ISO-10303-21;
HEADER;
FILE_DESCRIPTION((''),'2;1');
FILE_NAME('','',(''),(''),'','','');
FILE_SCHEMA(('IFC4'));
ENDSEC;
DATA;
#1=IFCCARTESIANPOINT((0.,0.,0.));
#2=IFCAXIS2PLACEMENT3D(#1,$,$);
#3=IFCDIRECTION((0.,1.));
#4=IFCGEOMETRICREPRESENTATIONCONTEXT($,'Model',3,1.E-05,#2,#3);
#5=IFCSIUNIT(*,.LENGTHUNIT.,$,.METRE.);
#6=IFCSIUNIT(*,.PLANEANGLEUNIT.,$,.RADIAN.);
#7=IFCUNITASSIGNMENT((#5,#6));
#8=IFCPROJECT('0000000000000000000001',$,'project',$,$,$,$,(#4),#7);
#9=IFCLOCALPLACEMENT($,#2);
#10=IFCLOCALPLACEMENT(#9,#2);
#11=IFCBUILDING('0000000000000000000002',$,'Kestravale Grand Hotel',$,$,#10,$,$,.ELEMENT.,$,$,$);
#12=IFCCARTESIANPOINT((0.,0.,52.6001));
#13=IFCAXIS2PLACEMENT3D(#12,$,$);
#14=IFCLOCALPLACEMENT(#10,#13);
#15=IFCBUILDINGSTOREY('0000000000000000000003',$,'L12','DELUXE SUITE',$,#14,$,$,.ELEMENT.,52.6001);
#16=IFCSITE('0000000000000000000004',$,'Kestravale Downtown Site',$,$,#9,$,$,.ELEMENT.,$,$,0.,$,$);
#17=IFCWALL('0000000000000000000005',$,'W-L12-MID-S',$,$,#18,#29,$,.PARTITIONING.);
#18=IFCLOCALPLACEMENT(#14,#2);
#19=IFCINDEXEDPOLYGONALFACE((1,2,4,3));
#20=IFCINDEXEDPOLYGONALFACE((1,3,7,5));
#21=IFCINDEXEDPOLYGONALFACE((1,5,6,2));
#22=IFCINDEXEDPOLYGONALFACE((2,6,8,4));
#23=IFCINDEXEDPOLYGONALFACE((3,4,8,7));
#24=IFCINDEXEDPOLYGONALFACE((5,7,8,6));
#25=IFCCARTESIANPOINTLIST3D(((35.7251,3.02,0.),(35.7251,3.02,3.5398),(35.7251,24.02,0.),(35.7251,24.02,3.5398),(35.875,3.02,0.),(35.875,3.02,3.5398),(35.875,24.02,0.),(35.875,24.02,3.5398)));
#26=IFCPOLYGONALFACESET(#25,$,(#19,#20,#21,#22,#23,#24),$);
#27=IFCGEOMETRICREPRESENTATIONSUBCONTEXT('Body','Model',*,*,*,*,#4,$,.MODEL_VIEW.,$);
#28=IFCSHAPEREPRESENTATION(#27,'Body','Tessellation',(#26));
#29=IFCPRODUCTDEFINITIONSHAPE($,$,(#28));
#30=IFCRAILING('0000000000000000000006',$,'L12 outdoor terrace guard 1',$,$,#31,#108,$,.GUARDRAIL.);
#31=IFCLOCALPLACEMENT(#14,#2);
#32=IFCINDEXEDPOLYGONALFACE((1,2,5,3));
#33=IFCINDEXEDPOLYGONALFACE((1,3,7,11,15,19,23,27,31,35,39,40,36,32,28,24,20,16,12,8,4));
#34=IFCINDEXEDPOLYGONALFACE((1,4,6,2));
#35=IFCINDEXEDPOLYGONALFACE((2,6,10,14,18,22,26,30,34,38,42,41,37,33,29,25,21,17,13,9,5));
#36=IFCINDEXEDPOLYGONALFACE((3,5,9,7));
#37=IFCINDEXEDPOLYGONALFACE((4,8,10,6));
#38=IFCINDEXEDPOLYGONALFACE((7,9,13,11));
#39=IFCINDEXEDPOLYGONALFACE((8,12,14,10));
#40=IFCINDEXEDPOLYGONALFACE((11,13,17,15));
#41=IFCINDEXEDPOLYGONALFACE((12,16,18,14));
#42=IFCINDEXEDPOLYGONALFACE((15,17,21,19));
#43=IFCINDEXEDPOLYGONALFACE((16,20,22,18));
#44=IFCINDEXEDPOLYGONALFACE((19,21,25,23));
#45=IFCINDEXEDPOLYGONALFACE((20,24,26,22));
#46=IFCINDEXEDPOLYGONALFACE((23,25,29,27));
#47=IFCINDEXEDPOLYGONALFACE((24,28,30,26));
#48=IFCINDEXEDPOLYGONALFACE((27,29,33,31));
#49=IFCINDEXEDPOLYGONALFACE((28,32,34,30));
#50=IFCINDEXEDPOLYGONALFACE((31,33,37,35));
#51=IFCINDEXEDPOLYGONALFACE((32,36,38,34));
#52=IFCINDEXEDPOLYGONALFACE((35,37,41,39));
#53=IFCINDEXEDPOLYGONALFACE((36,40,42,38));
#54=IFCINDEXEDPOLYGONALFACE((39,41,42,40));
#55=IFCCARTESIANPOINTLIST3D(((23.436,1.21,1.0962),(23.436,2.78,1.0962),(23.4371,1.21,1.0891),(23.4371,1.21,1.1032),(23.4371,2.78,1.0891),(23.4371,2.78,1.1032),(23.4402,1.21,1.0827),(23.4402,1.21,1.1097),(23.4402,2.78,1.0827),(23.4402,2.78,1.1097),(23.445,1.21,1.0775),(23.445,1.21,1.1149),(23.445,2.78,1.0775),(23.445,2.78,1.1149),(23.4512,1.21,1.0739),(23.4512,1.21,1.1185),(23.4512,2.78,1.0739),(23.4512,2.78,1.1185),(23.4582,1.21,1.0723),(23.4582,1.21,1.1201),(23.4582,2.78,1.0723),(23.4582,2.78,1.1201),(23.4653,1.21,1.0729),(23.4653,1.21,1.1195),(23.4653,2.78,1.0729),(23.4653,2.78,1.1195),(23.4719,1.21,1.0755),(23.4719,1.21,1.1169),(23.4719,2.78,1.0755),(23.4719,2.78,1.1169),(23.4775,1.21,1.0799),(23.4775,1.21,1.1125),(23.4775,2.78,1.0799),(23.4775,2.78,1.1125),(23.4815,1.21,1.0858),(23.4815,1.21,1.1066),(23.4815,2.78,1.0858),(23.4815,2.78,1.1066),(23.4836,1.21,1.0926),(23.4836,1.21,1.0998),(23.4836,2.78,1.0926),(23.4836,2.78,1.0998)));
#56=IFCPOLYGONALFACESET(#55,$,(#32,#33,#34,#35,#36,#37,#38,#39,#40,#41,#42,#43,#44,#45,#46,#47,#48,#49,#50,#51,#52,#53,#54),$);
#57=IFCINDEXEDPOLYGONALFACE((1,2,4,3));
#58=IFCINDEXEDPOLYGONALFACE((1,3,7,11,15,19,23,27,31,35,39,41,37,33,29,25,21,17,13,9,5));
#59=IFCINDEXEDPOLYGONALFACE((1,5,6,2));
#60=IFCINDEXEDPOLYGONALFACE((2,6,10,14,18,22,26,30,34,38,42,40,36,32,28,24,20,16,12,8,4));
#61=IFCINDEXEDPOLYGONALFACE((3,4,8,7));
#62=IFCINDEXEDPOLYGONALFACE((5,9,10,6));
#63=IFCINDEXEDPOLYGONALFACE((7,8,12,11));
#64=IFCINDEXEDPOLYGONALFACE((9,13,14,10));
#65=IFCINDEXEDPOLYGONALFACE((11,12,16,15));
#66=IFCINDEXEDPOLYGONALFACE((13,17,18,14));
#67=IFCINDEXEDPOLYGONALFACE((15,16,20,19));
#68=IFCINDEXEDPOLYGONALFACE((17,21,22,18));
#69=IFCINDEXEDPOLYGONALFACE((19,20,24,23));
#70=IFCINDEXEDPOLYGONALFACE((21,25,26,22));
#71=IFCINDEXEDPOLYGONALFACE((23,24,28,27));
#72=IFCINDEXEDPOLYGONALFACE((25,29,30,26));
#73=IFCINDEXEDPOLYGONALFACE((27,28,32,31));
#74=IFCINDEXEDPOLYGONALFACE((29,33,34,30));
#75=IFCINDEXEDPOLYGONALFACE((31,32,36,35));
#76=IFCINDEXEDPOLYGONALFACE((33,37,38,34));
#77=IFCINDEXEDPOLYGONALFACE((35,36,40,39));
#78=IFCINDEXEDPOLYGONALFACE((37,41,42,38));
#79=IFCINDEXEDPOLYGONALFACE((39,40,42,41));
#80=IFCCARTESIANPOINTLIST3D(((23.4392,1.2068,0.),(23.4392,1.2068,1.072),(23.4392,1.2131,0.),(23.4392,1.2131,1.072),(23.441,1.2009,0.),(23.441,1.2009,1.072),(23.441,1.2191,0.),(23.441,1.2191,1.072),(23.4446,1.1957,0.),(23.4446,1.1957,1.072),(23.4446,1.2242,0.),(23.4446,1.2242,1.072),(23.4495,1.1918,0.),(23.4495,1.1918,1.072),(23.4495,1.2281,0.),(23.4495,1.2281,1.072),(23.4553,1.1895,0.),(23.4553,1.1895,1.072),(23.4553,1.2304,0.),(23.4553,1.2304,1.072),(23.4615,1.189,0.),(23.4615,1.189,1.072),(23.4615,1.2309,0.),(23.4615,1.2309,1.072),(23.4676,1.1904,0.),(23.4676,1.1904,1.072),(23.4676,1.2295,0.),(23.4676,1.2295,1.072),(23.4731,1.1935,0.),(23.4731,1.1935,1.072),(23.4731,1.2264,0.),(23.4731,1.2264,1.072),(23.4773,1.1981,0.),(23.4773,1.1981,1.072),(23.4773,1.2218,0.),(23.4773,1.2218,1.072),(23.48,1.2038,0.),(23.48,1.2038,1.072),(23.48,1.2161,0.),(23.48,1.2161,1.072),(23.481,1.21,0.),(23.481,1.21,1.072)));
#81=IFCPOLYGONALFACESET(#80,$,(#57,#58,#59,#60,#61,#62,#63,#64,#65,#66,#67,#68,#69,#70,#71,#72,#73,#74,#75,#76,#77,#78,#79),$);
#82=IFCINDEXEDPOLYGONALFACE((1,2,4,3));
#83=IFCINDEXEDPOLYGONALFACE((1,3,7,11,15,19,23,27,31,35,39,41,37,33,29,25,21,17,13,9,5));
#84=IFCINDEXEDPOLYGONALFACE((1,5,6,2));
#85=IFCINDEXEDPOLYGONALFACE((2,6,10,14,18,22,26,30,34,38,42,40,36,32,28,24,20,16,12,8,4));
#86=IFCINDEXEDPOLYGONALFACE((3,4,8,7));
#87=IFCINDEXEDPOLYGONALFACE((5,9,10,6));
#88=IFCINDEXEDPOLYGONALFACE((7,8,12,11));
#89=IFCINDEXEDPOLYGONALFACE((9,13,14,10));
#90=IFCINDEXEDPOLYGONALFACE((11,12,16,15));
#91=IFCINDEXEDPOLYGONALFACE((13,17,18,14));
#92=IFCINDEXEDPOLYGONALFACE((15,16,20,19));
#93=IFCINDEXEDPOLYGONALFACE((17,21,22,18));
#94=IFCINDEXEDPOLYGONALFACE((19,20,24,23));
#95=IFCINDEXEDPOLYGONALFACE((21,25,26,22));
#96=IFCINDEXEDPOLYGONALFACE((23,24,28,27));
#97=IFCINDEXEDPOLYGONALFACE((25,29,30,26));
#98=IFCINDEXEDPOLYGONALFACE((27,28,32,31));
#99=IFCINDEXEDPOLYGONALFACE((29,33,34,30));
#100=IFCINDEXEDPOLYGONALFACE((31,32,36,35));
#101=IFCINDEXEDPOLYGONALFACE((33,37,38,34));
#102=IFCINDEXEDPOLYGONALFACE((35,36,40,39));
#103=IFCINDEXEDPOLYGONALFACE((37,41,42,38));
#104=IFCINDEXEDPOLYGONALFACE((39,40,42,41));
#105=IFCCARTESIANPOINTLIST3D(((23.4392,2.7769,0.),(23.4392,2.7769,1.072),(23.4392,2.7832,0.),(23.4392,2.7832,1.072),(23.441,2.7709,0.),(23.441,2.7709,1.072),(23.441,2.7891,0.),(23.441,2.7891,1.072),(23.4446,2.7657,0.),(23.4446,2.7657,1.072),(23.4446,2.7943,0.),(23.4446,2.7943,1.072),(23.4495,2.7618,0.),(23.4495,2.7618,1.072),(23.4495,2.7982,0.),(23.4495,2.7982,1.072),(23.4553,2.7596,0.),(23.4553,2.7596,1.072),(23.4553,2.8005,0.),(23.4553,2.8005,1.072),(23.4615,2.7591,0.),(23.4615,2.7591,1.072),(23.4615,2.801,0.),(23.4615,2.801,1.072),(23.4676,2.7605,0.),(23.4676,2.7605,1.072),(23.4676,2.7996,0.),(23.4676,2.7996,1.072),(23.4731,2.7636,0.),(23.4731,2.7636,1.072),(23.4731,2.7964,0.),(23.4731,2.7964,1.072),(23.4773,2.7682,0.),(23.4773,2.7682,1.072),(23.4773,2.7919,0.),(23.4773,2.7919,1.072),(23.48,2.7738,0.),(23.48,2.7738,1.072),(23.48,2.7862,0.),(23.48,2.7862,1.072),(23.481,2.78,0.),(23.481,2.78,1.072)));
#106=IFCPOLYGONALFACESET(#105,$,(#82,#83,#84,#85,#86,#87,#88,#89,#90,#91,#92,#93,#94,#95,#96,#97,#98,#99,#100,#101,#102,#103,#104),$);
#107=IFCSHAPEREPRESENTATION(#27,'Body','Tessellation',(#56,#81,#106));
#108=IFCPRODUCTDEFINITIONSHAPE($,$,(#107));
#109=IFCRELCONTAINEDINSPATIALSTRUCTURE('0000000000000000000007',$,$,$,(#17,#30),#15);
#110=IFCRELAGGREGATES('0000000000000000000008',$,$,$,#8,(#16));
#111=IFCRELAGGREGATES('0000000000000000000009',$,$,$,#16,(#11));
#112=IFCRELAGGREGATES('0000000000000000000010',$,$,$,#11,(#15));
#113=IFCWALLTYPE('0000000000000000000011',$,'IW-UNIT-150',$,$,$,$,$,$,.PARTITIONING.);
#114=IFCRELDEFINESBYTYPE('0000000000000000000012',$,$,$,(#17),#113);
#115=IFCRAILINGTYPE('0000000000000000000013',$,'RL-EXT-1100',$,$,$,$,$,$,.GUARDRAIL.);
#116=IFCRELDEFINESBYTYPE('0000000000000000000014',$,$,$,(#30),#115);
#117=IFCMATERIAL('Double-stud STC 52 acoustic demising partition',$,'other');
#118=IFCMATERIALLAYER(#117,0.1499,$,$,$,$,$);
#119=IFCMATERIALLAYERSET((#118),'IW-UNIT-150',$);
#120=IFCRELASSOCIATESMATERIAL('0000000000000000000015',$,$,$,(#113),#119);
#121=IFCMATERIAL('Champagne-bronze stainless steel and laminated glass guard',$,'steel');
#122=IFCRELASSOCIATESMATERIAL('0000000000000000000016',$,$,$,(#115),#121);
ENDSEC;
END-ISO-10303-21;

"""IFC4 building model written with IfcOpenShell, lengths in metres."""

from ifc_helpers import new_model, si_unit, direction, frame, frame_2d, origin, origin_2d, place, context, subcontext, project, spatial, rectangle, circle, extrude, material, layer, layer_set, type_object, element, save


model = new_model("IFC4")

# Units and contexts
model_context = context("Model", 3, precision=1e-05, world=origin(), true_north=direction((0.0, 1.0)))
body_context = subcontext(model_context, "Body", "Model", "MODEL_VIEW")
ifc_project = project(units=[si_unit("LENGTHUNIT", "METRE"), si_unit("PLANEANGLEUNIT", "RADIAN")], contexts=[model_context])

# Site, building, storey
site_placement = place(None, origin())
site = spatial("IfcSite", under=ifc_project, at=site_placement, Name="Kestravale Downtown Site", CompositionType="ELEMENT", RefElevation=0.0)
building_placement = place(site_placement, origin())
building = spatial("IfcBuilding", under=site, at=building_placement, Name="Kestravale Grand Hotel", CompositionType="ELEMENT")
storey_placement = place(building_placement, frame((0.0, 0.0, 52.6001)))
storey = spatial("IfcBuildingStorey", under=building, at=storey_placement, Name="L12", Description="DELUXE SUITE", CompositionType="ELEMENT", Elevation=52.6001)

# Wall
ifc_material_1 = material(Name="Double-stud STC 52 acoustic demising partition", Category="other")
ifc_layer = layer(ifc_material_1, 0.1499)
ifc_layer_set = layer_set([ifc_layer], Name="IW-UNIT-150")
wall_type = type_object("IfcWallType", Name="IW-UNIT-150", PredefinedType="PARTITIONING", material=ifc_layer_set)
wall_1_placement = place(storey_placement, frame((35.8, 3.02, 0.0), z_axis=(0.0, 0.0, 1.0), x_axis=(0.0, 1.0, 0.0)))
element("IfcWall", 1, at=wall_1_placement, inside=storey, type_object=wall_type, Name="W-L12-MID-S", PredefinedType="PARTITIONING", context=body_context, shape_type="SweptSolid", body=[
    extrude(rectangle(XDim=21.0, YDim=0.1499, at=frame_2d((10.5, 0.0))), origin(), (0.0, 0.0, 1.0), 3.5398),
])

# Railing
ifc_material_2 = material(Name="Champagne-bronze stainless steel and laminated glass guard", Category="steel")
railing_type = type_object("IfcRailingType", Name="RL-EXT-1100", PredefinedType="GUARDRAIL", material=ifc_material_2)
railing_1_placement = place(storey_placement, frame((23.46, 1.21, 0.0)))
element("IfcRailing", 2, at=railing_1_placement, inside=storey, type_object=railing_type, Name="L12 outdoor terrace guard 1", PredefinedType="GUARDRAIL", context=body_context, shape_type="SweptSolid", body=[
    extrude(circle(Radius=0.0239, at=origin_2d()), frame((0.0, 0.0, 1.0962), z_axis=(0.0, 1.0, 0.0), x_axis=(-1.0, 0.0, 0.0)), (0.0, 0.0, 1.0), 1.5701),
    extrude(circle(Radius=0.021, at=origin_2d()), origin(), (0.0, 0.0, 1.0), 1.072),
    extrude(circle(Radius=0.021, at=origin_2d()), frame((0.0, 1.5701, 0.0)), (0.0, 0.0, 1.0), 1.072),
])

save(model, "model.ifc")
